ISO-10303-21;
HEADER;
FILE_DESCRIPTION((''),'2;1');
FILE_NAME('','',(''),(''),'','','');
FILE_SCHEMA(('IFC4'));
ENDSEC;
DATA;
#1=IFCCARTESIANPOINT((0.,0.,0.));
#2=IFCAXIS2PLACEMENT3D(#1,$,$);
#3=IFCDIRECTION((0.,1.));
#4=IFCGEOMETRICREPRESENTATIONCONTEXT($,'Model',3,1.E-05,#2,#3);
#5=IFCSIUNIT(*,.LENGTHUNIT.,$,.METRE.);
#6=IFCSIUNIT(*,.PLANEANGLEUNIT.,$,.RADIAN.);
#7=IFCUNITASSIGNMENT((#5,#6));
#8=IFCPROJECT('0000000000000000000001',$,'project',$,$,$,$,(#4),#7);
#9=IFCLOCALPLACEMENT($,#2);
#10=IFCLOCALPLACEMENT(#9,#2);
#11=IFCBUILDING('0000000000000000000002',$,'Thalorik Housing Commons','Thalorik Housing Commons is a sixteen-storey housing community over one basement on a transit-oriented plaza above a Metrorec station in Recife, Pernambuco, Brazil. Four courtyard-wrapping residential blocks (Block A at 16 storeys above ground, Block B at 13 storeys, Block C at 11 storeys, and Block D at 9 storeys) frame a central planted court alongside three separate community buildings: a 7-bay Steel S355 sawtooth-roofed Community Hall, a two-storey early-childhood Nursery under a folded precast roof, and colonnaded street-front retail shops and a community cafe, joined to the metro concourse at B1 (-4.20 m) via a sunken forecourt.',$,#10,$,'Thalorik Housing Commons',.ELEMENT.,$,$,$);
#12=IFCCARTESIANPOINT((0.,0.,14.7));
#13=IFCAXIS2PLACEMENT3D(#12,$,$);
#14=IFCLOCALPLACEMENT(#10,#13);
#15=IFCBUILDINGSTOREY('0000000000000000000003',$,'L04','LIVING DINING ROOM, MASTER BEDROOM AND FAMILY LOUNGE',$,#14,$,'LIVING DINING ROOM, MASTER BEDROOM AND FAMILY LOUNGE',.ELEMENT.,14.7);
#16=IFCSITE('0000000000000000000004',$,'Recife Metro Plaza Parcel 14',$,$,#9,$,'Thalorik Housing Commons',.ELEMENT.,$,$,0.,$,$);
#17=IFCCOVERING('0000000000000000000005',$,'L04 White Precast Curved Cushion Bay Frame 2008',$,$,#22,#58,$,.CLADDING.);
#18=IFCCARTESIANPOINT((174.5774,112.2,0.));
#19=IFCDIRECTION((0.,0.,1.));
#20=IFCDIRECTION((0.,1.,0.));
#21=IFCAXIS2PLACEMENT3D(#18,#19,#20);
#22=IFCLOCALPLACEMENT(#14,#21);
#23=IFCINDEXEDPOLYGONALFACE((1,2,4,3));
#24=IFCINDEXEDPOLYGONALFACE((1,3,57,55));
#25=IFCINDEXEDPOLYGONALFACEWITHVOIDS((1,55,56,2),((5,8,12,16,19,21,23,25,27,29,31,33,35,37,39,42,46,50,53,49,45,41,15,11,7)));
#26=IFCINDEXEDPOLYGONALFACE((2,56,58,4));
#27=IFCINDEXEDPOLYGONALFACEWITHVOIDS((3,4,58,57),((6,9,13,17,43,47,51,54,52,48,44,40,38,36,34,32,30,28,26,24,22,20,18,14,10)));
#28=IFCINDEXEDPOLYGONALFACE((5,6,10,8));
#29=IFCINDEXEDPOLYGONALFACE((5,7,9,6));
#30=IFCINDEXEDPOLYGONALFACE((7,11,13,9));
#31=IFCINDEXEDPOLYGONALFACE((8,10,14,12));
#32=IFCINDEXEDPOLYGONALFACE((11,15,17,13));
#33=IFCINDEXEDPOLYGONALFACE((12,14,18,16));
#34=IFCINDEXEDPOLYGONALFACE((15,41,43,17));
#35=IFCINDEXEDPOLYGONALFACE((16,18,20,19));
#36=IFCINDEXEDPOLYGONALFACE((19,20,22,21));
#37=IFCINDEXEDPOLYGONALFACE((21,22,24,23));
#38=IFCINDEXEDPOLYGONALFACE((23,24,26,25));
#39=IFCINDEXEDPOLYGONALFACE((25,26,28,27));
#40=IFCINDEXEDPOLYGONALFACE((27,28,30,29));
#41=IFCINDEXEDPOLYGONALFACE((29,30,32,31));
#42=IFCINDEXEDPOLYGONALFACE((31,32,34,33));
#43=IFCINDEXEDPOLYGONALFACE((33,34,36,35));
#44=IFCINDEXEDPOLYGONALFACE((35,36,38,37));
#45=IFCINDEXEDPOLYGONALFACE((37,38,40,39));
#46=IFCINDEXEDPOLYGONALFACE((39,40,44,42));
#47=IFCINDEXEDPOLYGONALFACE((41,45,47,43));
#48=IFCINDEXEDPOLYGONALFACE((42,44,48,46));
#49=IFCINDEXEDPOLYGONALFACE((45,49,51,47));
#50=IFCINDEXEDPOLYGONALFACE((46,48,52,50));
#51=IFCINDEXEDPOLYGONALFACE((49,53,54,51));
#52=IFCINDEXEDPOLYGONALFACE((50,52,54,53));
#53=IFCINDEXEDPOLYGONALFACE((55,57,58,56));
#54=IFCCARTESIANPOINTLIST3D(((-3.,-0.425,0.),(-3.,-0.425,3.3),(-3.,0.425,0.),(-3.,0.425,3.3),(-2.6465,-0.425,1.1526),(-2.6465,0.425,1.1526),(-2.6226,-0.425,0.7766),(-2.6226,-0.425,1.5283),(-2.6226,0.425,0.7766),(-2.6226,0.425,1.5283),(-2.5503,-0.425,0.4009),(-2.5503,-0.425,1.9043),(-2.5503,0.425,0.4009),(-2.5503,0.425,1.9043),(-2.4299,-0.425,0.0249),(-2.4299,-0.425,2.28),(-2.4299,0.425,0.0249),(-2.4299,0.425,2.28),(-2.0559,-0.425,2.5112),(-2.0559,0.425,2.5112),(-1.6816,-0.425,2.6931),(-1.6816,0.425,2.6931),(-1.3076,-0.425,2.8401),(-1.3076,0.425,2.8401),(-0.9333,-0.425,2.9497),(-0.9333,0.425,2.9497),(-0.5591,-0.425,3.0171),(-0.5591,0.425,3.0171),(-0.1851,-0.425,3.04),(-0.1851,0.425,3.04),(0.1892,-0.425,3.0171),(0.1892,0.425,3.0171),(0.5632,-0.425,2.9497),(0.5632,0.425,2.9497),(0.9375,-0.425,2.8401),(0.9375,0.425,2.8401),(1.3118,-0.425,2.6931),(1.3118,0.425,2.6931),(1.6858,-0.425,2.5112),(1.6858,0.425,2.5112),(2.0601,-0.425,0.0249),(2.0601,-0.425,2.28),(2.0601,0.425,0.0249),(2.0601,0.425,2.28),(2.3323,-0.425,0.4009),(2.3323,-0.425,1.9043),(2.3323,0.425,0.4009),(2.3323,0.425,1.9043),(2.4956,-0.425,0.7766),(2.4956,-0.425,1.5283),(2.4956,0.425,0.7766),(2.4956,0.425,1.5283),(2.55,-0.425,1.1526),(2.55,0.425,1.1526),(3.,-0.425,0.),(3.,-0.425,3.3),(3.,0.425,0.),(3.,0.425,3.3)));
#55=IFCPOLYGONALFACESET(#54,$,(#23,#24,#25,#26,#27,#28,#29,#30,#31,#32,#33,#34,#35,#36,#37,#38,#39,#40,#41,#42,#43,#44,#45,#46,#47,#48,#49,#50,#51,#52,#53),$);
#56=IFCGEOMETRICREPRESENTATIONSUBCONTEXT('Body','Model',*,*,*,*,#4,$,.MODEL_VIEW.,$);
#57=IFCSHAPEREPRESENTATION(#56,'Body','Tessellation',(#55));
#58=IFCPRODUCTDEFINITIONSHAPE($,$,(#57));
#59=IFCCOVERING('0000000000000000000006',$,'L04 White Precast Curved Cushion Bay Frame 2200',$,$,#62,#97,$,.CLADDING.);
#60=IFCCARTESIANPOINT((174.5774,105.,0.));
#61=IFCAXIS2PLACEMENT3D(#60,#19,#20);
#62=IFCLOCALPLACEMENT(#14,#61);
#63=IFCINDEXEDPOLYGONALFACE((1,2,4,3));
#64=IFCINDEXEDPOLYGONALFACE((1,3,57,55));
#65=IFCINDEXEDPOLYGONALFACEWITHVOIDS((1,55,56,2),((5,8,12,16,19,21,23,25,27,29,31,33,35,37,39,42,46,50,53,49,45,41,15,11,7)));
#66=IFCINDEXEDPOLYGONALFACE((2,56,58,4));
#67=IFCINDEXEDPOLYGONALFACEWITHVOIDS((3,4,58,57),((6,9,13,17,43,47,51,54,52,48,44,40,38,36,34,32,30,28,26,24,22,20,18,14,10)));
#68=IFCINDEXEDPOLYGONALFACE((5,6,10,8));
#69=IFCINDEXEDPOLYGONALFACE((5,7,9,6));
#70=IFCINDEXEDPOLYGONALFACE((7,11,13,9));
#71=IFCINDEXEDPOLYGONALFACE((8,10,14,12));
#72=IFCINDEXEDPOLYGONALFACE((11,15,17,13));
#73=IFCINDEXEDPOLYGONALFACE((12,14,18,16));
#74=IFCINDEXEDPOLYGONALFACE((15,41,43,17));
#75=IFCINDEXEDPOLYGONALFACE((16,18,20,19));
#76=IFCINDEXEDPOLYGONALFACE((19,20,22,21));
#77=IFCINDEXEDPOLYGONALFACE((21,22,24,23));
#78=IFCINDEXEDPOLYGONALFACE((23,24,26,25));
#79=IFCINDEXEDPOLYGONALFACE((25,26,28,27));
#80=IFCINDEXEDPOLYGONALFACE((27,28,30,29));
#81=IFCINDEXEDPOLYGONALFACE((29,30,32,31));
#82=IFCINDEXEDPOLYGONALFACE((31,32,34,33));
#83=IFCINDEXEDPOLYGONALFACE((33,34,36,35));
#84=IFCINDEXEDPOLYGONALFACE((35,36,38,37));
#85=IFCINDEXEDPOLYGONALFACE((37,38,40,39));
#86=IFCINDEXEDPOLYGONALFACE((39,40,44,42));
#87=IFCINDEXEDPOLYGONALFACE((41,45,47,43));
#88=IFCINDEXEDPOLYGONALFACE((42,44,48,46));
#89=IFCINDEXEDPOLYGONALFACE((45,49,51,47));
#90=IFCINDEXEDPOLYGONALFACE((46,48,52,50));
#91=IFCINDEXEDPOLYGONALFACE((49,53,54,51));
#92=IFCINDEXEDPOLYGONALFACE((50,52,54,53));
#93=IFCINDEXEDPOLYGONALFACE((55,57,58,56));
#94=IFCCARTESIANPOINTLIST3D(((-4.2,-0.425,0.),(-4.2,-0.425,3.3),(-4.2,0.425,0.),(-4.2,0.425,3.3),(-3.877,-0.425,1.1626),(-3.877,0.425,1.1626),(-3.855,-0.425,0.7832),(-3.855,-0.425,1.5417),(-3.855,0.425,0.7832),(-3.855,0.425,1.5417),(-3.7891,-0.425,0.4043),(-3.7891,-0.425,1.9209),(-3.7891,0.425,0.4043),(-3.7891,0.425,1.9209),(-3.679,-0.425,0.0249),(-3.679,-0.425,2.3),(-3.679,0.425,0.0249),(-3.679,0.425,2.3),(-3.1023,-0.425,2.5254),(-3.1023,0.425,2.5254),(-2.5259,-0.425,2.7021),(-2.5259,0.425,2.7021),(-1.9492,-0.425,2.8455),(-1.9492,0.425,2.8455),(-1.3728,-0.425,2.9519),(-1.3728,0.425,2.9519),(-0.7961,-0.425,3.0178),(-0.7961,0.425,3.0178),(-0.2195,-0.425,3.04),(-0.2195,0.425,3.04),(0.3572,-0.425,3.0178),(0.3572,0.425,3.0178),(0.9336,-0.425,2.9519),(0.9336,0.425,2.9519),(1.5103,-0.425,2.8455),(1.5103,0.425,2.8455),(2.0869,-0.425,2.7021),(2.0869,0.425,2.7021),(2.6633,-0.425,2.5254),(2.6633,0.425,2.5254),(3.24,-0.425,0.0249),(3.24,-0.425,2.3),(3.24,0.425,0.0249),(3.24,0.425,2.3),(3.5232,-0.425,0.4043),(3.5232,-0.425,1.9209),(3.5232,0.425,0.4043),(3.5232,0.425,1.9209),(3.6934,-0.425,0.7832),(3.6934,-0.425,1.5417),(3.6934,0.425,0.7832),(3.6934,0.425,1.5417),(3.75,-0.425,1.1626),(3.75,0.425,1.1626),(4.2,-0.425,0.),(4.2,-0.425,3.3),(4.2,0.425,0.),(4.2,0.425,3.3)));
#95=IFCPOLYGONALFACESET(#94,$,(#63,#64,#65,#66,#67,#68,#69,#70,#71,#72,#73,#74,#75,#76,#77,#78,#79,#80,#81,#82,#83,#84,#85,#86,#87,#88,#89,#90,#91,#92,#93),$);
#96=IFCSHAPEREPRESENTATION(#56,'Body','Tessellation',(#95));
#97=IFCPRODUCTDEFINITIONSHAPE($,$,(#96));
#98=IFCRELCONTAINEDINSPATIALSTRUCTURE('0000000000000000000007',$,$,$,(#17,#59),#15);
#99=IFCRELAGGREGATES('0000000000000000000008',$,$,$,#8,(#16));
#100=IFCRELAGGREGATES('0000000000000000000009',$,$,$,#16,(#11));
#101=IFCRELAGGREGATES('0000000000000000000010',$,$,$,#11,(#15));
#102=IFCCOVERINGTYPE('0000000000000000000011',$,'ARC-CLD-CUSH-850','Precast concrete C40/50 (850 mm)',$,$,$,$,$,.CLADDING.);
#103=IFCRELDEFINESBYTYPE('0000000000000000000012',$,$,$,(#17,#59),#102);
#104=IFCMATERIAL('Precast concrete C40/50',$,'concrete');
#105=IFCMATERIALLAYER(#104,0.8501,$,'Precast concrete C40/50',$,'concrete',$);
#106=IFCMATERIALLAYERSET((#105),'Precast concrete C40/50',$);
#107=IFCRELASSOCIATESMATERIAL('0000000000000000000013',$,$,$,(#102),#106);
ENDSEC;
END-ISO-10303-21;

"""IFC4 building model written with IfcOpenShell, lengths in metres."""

from ifc_helpers import new_model, si_unit, direction, frame, origin, place, context, subcontext, project, spatial, polyline, outline, extrude, material, layer, layer_set, type_object, element, save


model = new_model("IFC4")

# Units and contexts
model_context = context("Model", 3, precision=1e-05, world=origin(), true_north=direction((0.0, 1.0)))
body_context = subcontext(model_context, "Body", "Model", "MODEL_VIEW")
ifc_project = project(units=[si_unit("LENGTHUNIT", "METRE"), si_unit("PLANEANGLEUNIT", "RADIAN")], contexts=[model_context])

# Site, building, storey
site_placement = place(None, origin())
site = spatial("IfcSite", under=ifc_project, at=site_placement, Name="Recife Metro Plaza Parcel 14", LongName="Thalorik Housing Commons", CompositionType="ELEMENT", RefElevation=0.0)
building_placement = place(site_placement, origin())
building = spatial("IfcBuilding", under=site, at=building_placement, Name="Thalorik Housing Commons", Description="Thalorik Housing Commons is a sixteen-storey housing community over one basement on a transit-oriented plaza above a Metrorec station in Recife, Pernambuco, Brazil. Four courtyard-wrapping residential blocks (Block A at 16 storeys above ground, Block B at 13 storeys, Block C at 11 storeys, and Block D at 9 storeys) frame a central planted court alongside three separate community buildings: a 7-bay Steel S355 sawtooth-roofed Community Hall, a two-storey early-childhood Nursery under a folded precast roof, and colonnaded street-front retail shops and a community cafe, joined to the metro concourse at B1 (-4.20 m) via a sunken forecourt.", LongName="Thalorik Housing Commons", CompositionType="ELEMENT")
storey_placement = place(building_placement, frame((0.0, 0.0, 14.7)))
storey = spatial("IfcBuildingStorey", under=building, at=storey_placement, Name="L04", Description="LIVING DINING ROOM, MASTER BEDROOM AND FAMILY LOUNGE", LongName="LIVING DINING ROOM, MASTER BEDROOM AND FAMILY LOUNGE", CompositionType="ELEMENT", Elevation=14.7)

# Shared definitions
ifc_material_1 = material(Name="Precast concrete C40/50", Category="concrete")

# Coverings
ifc_layer_1 = layer(ifc_material_1, 0.8501, Name="Precast concrete C40/50", Category="concrete")
ifc_layer_set_1 = layer_set([ifc_layer_1], Name="Precast concrete C40/50")
covering_type_1 = type_object("IfcCoveringType", Name="ARC-CLD-CUSH-850", Description="Precast concrete C40/50 (850 mm)", PredefinedType="CLADDING", material=ifc_layer_set_1)
covering_1_placement = place(storey_placement, frame((174.5774, 112.2, 0.0), z_axis=(0.0, 0.0, 1.0), x_axis=(0.0, 1.0, 0.0)))
element("IfcCovering", 1, at=covering_1_placement, inside=storey, type_object=covering_type_1, Name="L04 White Precast Curved Cushion Bay Frame 2008", PredefinedType="CLADDING", context=body_context, shape_type="SweptSolid", body=[
    extrude(outline(polyline([(-3.0, 0.0), (3.0, 0.0), (3.0, 3.3), (-3.0, 3.3), (-3.0, 0.0)]), holes=[polyline([(2.0601, 0.0249), (2.3323, 0.4009), (2.4956, 0.7766), (2.55, 1.1526), (2.4956, 1.5283), (2.3323, 1.9043), (2.0601, 2.28), (1.6858, 2.5112), (1.3118, 2.6931), (0.9375, 2.8401), (0.5632, 2.9497), (0.1892, 3.0171), (-0.1851, 3.04), (-0.5591, 3.0171), (-0.9333, 2.9497), (-1.3076, 2.8401), (-1.6816, 2.6931), (-2.0559, 2.5112), (-2.4299, 2.28), (-2.5503, 1.9043), (-2.6226, 1.5283), (-2.6465, 1.1526), (-2.6226, 0.7766), (-2.5503, 0.4009), (-2.4299, 0.0249), (2.0601, 0.0249)])]), frame((0.0, 0.425, 0.0), z_axis=(0.0, -1.0, 0.0), x_axis=(1.0, 0.0, 0.0)), (0.0, 0.0, 1.0), 0.8501),
])
covering_2_placement = place(storey_placement, frame((174.5774, 105.0, 0.0), z_axis=(0.0, 0.0, 1.0), x_axis=(0.0, 1.0, 0.0)))
element("IfcCovering", 2, at=covering_2_placement, inside=storey, type_object=covering_type_1, Name="L04 White Precast Curved Cushion Bay Frame 2200", PredefinedType="CLADDING", context=body_context, shape_type="SweptSolid", body=[
    extrude(outline(polyline([(-4.2, 0.0), (4.2, 0.0), (4.2, 3.3), (-4.2, 3.3), (-4.2, 0.0)]), holes=[polyline([(3.24, 0.0249), (3.5232, 0.4043), (3.6934, 0.7832), (3.75, 1.1626), (3.6934, 1.5417), (3.5232, 1.9209), (3.24, 2.3), (2.6633, 2.5254), (2.0869, 2.7021), (1.5103, 2.8455), (0.9336, 2.9519), (0.3572, 3.0178), (-0.2195, 3.04), (-0.7961, 3.0178), (-1.3728, 2.9519), (-1.9492, 2.8455), (-2.5259, 2.7021), (-3.1023, 2.5254), (-3.679, 2.3), (-3.7891, 1.9209), (-3.855, 1.5417), (-3.877, 1.1626), (-3.855, 0.7832), (-3.7891, 0.4043), (-3.679, 0.0249), (3.24, 0.0249)])]), frame((0.0, 0.425, 0.0), z_axis=(0.0, -1.0, 0.0), x_axis=(1.0, 0.0, 0.0)), (0.0, 0.0, 1.0), 0.8501),
])

save(model, "model.ifc")
